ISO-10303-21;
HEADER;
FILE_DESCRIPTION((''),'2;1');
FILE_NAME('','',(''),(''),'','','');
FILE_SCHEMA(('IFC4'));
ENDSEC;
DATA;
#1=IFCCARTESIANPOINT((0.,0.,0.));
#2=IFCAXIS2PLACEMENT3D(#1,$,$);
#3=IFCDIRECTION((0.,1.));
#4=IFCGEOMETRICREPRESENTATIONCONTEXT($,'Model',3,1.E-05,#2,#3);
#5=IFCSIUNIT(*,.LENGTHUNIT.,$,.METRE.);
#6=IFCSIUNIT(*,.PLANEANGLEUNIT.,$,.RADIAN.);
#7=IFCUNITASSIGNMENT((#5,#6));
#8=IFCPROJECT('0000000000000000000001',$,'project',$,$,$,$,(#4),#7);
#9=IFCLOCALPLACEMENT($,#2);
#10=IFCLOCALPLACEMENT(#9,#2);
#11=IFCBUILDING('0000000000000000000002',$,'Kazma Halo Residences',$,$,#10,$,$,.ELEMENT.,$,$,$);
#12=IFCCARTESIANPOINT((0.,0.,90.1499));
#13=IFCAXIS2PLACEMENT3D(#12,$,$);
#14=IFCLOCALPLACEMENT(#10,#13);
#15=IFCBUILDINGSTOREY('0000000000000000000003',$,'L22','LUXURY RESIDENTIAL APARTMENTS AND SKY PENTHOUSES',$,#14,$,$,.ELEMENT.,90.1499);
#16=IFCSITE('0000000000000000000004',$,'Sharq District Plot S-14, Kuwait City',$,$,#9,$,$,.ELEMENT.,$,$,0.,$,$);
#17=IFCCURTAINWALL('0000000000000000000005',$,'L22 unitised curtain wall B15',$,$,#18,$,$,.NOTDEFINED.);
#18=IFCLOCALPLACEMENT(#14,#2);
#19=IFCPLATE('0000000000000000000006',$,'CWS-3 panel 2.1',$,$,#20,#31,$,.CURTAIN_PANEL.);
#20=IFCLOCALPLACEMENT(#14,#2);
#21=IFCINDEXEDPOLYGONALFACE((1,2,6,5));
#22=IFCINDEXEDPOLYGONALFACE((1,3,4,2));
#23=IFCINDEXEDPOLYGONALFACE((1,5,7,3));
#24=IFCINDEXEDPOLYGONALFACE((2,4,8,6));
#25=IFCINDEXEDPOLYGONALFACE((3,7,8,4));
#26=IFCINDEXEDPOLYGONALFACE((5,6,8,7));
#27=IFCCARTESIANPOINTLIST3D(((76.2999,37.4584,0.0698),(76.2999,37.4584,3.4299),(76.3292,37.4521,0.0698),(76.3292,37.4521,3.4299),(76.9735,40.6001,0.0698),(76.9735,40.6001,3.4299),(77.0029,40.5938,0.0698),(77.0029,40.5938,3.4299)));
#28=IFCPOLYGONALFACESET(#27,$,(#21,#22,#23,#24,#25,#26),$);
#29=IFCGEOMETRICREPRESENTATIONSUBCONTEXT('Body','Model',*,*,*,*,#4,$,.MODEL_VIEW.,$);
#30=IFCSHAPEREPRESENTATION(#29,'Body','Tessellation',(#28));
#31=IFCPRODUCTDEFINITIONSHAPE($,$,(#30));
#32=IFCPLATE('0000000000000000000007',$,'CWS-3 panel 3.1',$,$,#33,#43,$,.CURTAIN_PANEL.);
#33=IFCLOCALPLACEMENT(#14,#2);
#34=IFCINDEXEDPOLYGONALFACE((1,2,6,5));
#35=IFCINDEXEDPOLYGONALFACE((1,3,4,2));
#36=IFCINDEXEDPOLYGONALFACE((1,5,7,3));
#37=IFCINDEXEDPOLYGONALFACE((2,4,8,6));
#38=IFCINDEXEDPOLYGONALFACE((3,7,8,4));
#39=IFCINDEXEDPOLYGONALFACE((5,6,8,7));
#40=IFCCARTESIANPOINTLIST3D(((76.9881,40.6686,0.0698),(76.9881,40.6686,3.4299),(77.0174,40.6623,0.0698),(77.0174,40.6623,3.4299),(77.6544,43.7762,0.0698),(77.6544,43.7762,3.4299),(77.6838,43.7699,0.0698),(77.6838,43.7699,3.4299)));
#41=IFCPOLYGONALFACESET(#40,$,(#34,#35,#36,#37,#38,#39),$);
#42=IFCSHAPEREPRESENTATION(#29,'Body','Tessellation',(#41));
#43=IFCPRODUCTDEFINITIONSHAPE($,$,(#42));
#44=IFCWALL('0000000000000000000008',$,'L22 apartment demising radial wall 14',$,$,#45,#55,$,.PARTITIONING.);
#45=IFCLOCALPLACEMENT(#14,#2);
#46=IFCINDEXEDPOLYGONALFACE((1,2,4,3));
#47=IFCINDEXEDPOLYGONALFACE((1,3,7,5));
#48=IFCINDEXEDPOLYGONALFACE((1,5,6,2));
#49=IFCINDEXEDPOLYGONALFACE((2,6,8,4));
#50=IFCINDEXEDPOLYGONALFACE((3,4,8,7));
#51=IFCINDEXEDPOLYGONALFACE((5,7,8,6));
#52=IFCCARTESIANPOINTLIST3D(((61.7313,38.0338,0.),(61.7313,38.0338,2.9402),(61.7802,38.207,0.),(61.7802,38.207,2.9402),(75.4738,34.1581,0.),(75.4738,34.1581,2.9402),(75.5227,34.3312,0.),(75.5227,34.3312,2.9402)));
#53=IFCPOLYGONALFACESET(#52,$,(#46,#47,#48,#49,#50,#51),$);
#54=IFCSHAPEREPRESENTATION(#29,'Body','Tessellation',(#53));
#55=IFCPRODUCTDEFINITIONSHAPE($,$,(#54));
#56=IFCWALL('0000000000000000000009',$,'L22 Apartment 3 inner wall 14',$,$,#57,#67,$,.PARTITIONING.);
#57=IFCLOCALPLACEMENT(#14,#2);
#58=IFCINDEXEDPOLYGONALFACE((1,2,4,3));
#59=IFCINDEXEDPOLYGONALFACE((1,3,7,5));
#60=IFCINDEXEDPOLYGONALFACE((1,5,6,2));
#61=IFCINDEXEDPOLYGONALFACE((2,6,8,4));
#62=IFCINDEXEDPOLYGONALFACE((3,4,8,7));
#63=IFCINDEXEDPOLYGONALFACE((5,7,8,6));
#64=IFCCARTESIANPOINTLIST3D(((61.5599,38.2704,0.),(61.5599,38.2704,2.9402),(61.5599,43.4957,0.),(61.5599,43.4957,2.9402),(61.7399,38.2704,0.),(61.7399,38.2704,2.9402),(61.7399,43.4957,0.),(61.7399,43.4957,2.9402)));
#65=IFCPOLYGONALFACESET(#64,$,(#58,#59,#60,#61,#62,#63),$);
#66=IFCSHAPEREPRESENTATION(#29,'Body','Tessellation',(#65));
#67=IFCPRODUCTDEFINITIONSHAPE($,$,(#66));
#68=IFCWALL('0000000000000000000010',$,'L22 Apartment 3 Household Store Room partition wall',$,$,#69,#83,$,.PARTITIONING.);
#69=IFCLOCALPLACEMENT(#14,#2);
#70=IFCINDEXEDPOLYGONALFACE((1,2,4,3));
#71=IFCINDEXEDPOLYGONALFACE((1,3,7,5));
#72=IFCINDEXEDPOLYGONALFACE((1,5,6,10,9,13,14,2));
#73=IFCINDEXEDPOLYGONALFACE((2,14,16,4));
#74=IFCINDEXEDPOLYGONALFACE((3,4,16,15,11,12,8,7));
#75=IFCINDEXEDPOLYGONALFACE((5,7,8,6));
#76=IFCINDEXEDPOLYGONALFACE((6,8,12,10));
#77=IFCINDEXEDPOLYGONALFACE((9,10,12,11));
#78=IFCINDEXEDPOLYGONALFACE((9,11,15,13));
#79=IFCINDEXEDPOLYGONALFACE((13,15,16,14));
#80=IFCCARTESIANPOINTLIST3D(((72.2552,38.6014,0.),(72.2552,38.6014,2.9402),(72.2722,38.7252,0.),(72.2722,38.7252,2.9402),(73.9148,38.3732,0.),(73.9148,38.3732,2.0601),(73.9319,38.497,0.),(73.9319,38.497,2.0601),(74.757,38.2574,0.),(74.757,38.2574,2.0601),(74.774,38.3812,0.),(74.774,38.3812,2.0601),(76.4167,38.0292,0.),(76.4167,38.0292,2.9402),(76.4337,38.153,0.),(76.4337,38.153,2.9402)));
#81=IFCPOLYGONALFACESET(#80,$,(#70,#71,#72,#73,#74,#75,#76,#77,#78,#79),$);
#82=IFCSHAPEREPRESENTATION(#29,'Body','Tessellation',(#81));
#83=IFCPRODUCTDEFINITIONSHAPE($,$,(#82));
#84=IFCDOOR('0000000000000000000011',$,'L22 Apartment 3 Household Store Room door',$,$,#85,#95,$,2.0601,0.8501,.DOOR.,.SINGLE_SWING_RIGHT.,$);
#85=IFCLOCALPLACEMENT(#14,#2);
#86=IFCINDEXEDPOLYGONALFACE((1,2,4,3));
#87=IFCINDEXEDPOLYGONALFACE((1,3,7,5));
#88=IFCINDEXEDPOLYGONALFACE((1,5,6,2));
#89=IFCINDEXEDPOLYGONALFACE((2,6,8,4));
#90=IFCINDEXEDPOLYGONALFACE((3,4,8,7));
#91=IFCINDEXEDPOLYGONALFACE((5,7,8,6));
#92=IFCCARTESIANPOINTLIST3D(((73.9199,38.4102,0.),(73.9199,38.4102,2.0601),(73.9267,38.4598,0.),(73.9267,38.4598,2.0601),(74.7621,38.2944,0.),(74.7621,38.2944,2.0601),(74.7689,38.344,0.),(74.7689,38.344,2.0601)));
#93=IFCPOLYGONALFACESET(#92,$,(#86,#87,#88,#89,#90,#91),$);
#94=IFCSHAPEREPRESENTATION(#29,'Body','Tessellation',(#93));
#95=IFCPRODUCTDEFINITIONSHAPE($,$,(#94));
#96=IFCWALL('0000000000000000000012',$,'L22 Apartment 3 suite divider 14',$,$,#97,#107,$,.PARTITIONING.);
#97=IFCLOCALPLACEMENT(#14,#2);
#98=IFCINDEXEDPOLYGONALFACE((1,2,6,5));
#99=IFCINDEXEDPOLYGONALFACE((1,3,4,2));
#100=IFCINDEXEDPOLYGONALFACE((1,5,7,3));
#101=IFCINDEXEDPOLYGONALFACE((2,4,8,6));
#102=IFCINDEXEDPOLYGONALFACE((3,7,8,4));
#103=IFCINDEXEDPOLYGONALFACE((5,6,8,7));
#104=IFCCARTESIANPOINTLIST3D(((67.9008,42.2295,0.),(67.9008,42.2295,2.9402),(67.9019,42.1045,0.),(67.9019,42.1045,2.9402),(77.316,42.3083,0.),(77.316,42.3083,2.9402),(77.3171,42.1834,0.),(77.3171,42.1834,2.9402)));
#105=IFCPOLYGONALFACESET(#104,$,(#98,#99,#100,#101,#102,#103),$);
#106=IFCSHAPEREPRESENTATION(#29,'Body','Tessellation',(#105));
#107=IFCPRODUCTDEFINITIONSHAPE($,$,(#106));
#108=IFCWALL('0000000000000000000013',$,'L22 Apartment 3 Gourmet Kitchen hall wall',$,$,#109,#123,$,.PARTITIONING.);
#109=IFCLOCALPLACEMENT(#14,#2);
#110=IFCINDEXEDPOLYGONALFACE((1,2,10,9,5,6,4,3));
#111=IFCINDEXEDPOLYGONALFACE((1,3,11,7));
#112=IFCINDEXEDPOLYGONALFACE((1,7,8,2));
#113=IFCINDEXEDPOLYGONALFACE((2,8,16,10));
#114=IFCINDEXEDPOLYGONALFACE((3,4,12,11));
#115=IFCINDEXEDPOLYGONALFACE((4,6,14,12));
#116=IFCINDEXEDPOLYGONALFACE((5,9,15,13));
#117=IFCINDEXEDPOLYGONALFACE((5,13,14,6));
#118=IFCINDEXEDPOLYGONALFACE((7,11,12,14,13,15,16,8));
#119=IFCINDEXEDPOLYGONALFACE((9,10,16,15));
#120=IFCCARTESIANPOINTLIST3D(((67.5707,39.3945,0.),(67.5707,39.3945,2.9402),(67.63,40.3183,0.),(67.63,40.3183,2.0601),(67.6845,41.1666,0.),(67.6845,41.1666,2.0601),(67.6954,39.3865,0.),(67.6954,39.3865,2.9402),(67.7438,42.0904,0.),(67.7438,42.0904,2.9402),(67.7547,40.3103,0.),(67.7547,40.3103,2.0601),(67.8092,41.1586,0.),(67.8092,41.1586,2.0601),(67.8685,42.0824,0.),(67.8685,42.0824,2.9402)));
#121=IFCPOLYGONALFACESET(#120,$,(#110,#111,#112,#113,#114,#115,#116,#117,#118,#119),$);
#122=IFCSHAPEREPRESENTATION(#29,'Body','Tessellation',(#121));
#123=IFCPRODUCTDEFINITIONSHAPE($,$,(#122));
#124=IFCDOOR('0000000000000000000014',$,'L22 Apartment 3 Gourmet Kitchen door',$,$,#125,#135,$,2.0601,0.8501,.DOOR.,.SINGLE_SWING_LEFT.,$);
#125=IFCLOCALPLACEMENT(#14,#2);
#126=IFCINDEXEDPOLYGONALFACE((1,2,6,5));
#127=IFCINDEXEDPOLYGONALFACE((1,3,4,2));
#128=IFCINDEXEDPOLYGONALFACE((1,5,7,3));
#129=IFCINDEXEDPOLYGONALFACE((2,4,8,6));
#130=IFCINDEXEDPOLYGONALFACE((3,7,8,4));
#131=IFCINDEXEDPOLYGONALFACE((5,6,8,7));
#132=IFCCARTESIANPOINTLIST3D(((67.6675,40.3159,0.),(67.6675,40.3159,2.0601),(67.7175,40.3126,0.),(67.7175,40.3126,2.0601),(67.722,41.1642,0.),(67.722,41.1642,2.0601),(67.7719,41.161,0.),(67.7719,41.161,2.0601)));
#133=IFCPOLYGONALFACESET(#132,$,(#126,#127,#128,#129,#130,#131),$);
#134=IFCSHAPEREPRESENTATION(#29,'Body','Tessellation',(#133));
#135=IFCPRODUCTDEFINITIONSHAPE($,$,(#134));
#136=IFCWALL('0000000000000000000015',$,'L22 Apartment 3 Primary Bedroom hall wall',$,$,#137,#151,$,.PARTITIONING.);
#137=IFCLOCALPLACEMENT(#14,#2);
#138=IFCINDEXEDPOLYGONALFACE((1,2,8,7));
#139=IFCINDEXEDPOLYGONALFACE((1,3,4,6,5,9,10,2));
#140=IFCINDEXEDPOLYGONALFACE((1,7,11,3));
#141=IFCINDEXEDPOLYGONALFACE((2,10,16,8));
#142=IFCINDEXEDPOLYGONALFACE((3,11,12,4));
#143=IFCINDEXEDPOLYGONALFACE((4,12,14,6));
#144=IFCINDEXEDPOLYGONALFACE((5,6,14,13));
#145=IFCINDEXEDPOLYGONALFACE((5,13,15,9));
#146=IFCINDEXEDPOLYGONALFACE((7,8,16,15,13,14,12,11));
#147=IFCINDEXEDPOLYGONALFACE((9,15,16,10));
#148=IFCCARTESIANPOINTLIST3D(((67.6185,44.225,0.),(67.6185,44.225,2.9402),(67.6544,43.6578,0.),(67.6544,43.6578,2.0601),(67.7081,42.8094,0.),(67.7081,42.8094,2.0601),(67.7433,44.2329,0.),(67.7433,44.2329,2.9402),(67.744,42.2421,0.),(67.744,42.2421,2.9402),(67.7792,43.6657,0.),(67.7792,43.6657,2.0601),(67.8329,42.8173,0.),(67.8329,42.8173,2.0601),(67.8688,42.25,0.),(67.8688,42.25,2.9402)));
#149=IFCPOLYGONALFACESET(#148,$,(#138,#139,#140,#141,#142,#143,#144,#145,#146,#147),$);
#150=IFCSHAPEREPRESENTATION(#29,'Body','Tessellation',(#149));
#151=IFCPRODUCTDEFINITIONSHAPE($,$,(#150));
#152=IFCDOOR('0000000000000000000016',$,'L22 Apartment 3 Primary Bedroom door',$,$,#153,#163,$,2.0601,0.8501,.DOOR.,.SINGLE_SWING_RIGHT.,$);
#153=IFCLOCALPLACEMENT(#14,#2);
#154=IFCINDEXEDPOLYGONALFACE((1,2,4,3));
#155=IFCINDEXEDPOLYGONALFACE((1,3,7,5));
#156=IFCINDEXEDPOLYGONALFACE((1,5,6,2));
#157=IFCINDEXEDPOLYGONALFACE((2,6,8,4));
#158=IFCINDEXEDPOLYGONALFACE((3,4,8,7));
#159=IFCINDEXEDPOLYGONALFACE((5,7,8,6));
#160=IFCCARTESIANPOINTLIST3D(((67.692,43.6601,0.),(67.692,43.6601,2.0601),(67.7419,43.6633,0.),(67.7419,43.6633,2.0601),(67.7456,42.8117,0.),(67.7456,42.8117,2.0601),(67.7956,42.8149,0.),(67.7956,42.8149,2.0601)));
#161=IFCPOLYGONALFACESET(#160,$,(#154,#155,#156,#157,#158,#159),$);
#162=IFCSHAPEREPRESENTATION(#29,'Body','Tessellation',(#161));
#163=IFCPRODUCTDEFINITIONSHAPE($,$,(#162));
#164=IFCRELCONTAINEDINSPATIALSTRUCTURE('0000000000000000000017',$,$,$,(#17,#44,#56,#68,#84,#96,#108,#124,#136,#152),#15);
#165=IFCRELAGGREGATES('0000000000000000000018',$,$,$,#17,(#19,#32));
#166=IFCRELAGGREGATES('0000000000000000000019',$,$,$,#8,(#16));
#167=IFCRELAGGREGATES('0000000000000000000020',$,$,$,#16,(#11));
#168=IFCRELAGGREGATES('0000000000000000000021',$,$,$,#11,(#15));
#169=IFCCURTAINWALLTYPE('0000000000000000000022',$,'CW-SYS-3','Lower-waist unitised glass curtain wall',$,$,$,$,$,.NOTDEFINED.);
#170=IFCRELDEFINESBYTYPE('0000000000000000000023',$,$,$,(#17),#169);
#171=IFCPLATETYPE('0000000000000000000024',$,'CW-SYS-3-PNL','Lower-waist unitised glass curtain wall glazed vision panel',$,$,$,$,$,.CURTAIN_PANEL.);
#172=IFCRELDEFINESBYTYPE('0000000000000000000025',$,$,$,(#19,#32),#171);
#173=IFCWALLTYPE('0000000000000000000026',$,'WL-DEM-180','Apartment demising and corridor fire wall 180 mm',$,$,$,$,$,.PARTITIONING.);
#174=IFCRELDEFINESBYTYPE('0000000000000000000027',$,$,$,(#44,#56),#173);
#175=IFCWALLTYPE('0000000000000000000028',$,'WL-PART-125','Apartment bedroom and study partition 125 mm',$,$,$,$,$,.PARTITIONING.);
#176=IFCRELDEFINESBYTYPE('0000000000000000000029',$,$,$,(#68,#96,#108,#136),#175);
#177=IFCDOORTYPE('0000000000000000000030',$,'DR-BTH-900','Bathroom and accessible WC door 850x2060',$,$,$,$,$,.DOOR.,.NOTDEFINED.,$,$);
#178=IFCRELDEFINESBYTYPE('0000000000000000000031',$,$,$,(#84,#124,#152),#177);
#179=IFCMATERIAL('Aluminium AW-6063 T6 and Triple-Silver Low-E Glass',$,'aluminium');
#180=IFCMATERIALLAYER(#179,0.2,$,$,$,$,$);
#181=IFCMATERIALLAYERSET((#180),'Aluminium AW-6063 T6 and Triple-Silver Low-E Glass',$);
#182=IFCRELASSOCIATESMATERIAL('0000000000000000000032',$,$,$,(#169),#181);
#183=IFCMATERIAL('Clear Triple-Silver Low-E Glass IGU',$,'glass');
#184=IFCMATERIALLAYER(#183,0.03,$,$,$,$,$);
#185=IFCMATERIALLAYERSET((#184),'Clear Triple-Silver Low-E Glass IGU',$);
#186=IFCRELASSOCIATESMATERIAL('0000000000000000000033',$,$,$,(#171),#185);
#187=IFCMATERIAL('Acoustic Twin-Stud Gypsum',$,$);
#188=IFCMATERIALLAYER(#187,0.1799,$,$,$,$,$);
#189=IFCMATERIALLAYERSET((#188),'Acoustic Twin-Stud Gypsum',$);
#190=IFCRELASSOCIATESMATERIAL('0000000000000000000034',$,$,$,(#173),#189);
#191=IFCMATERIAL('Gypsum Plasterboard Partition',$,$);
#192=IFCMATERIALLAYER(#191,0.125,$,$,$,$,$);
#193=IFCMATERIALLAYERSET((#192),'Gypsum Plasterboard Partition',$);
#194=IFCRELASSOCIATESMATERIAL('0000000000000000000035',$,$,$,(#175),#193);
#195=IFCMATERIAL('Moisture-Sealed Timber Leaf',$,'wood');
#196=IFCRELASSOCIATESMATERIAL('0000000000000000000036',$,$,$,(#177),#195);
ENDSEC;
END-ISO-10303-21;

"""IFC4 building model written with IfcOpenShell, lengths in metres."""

from ifc_helpers import new_model, si_unit, direction, frame, frame_2d, origin, origin_2d, place, context, subcontext, project, spatial, rectangle, extrude, material, layer, layer_set, type_object, element, fill, aggregate, save


model = new_model("IFC4")

# Units and contexts
model_context = context("Model", 3, precision=1e-05, world=origin(), true_north=direction((0.0, 1.0)))
body_context = subcontext(model_context, "Body", "Model", "MODEL_VIEW")
ifc_project = project(units=[si_unit("LENGTHUNIT", "METRE"), si_unit("PLANEANGLEUNIT", "RADIAN")], contexts=[model_context])

# Site, building, storey
site_placement = place(None, origin())
site = spatial("IfcSite", under=ifc_project, at=site_placement, Name="Sharq District Plot S-14, Kuwait City", CompositionType="ELEMENT", RefElevation=0.0)
building_placement = place(site_placement, origin())
building = spatial("IfcBuilding", under=site, at=building_placement, Name="Kazma Halo Residences", CompositionType="ELEMENT")
storey_placement = place(building_placement, frame((0.0, 0.0, 90.1499)))
storey = spatial("IfcBuildingStorey", under=building, at=storey_placement, Name="L22", Description="LUXURY RESIDENTIAL APARTMENTS AND SKY PENTHOUSES", CompositionType="ELEMENT", Elevation=90.1499)

# Curtain wall, plates
ifc_material_1 = material(Name="Aluminium AW-6063 T6 and Triple-Silver Low-E Glass", Category="aluminium")
ifc_layer_1 = layer(ifc_material_1, 0.2)
ifc_layer_set_1 = layer_set([ifc_layer_1], Name="Aluminium AW-6063 T6 and Triple-Silver Low-E Glass")
curtain_wall_type = type_object("IfcCurtainWallType", Name="CW-SYS-3", Description="Lower-waist unitised glass curtain wall", PredefinedType="NOTDEFINED", material=ifc_layer_set_1)
curtain_wall_placement = place(storey_placement, origin())
curtain_wall = element("IfcCurtainWall", 1, at=curtain_wall_placement, inside=storey, type_object=curtain_wall_type, Name="L22 unitised curtain wall B15", PredefinedType="NOTDEFINED")
ifc_material_2 = material(Name="Clear Triple-Silver Low-E Glass IGU", Category="glass")
ifc_layer_2 = layer(ifc_material_2, 0.03)
ifc_layer_set_2 = layer_set([ifc_layer_2], Name="Clear Triple-Silver Low-E Glass IGU")
plate_type = type_object("IfcPlateType", Name="CW-SYS-3-PNL", Description="Lower-waist unitised glass curtain wall glazed vision panel", PredefinedType="CURTAIN_PANEL", material=ifc_layer_set_2)
plate_1_placement = place(storey_placement, frame((76.6514, 39.0261, 0.0698), z_axis=(0.0, 0.0, 1.0), x_axis=(0.209661, 0.977774, 0.0)))
plate_1 = element("IfcPlate", 2, at=plate_1_placement, type_object=plate_type, Name="CWS-3 panel 2.1", PredefinedType="CURTAIN_PANEL", context=body_context, shape_type="SweptSolid", body=[
    extrude(rectangle(XDim=3.2131, YDim=0.03, at=origin_2d()), origin(), (0.0, 0.0, 1.0), 3.3601),
])
plate_2_placement = place(storey_placement, frame((77.3359, 42.2192, 0.0698), z_axis=(0.0, 0.0, 1.0), x_axis=(0.209661, 0.977774, 0.0)))
plate_2 = element("IfcPlate", 3, at=plate_2_placement, type_object=plate_type, Name="CWS-3 panel 3.1", PredefinedType="CURTAIN_PANEL", context=body_context, shape_type="SweptSolid", body=[
    extrude(rectangle(XDim=3.1782, YDim=0.03, at=origin_2d()), origin(), (0.0, 0.0, 1.0), 3.3601),
])
aggregate(curtain_wall, [plate_1, plate_2])

# Walls
ifc_material_3 = material(Name="Acoustic Twin-Stud Gypsum")
ifc_layer_3 = layer(ifc_material_3, 0.1799)
ifc_layer_set_3 = layer_set([ifc_layer_3], Name="Acoustic Twin-Stud Gypsum")
wall_type_1 = type_object("IfcWallType", Name="WL-DEM-180", Description="Apartment demising and corridor fire wall 180 mm", PredefinedType="PARTITIONING", material=ifc_layer_set_3)
wall_1_placement = place(storey_placement, frame((61.7559, 38.1204, 0.0), z_axis=(0.0, 0.0, 1.0), x_axis=(0.962456, -0.271438, 0.0)))
element("IfcWall", 4, at=wall_1_placement, inside=storey, type_object=wall_type_1, Name="L22 apartment demising radial wall 14", PredefinedType="PARTITIONING", context=body_context, shape_type="SweptSolid", body=[
    extrude(rectangle(XDim=14.2786, YDim=0.1799, at=frame_2d((7.1392, 0.0))), origin(), (0.0, 0.0, 1.0), 2.9402),
])
wall_2_placement = place(storey_placement, frame((61.6499, 38.2703, 0.0), z_axis=(0.0, 0.0, 1.0), x_axis=(0.0, 1.0, 0.0)))
element("IfcWall", 5, at=wall_2_placement, inside=storey, type_object=wall_type_1, Name="L22 Apartment 3 inner wall 14", PredefinedType="PARTITIONING", context=body_context, shape_type="SweptSolid", body=[
    extrude(rectangle(XDim=5.2253, YDim=0.1799, at=frame_2d((2.6128, 0.0))), origin(), (0.0, 0.0, 1.0), 2.9402),
])

# Wall, opening, door
ifc_material_4 = material(Name="Gypsum Plasterboard Partition")
ifc_layer_4 = layer(ifc_material_4, 0.125)
ifc_layer_set_4 = layer_set([ifc_layer_4], Name="Gypsum Plasterboard Partition")
wall_type_2 = type_object("IfcWallType", Name="WL-PART-125", Description="Apartment bedroom and study partition 125 mm", PredefinedType="PARTITIONING", material=ifc_layer_set_4)
wall_3_placement = place(storey_placement, frame((72.2637, 38.6633, 0.0), z_axis=(0.0, 0.0, 1.0), x_axis=(0.990677, -0.136228, 0.0)))
wall_3 = element("IfcWall", 6, at=wall_3_placement, inside=storey, type_object=wall_type_2, Name="L22 Apartment 3 Household Store Room partition wall", PredefinedType="PARTITIONING", context=body_context, shape_type="SweptSolid", body=[
    extrude(rectangle(XDim=4.2007, YDim=0.125, at=frame_2d((2.1003, 0.0))), origin(), (0.0, 0.0, 1.0), 2.9402),
])
opening_1_placement = place(wall_3_placement, frame((1.6753, 0.0, 0.0)))
opening_1 = element("IfcOpeningElement", 7, at=opening_1_placement, cuts=wall_3, PredefinedType="OPENING", context=body_context, shape_type="SweptSolid", body=[
    extrude(rectangle(XDim=0.8501, YDim=2.0601, at=frame_2d((0.425, 1.03))), frame((0.0, 0.0725, 0.0), z_axis=(0.0, -1.0, 0.0), x_axis=(1.0, 0.0, 0.0)), (0.0, 0.0, 1.0), 0.145),
])
ifc_material_5 = material(Name="Moisture-Sealed Timber Leaf", Category="wood")
door_type = type_object("IfcDoorType", Name="DR-BTH-900", Description="Bathroom and accessible WC door 850x2060", OperationType="NOTDEFINED", PredefinedType="DOOR", material=ifc_material_5)
door_1_placement = place(opening_1_placement, origin())
door_1 = element("IfcDoor", 8, at=door_1_placement, inside=storey, type_object=door_type, Name="L22 Apartment 3 Household Store Room door", OperationType="SINGLE_SWING_RIGHT", OverallHeight=2.0601, OverallWidth=0.8501, PredefinedType="DOOR", context=body_context, shape_type="SweptSolid", body=[
    extrude(rectangle(XDim=0.8501, YDim=2.0601, at=frame_2d((0.425, 1.03))), frame((0.0, 0.0249, 0.0), z_axis=(0.0, -1.0, 0.0), x_axis=(1.0, 0.0, 0.0)), (0.0, 0.0, 1.0), 0.05),
])
fill(opening_1, door_1)

# Wall
wall_4_placement = place(storey_placement, frame((67.9014, 42.167, 0.0), z_axis=(0.0, 0.0, 1.0), x_axis=(0.999965, 0.008375, 0.0)))
element("IfcWall", 9, at=wall_4_placement, inside=storey, type_object=wall_type_2, Name="L22 Apartment 3 suite divider 14", PredefinedType="PARTITIONING", context=body_context, shape_type="SweptSolid", body=[
    extrude(rectangle(XDim=9.4155, YDim=0.125, at=frame_2d((4.7078, 0.0))), origin(), (0.0, 0.0, 1.0), 2.9402),
])

# Walls, openings, doors
wall_5_placement = place(storey_placement, frame((67.6331, 39.3906, 0.0), z_axis=(0.0, 0.0, 1.0), x_axis=(0.064077, 0.997945, 0.0)))
wall_5 = element("IfcWall", 10, at=wall_5_placement, inside=storey, type_object=wall_type_2, Name="L22 Apartment 3 Gourmet Kitchen hall wall", PredefinedType="PARTITIONING", context=body_context, shape_type="SweptSolid", body=[
    extrude(rectangle(XDim=2.7014, YDim=0.125, at=frame_2d((1.3506, 0.0))), origin(), (0.0, 0.0, 1.0), 2.9402),
])
opening_2_placement = place(wall_5_placement, frame((0.9255, 0.0, 0.0)))
opening_2 = element("IfcOpeningElement", 11, at=opening_2_placement, cuts=wall_5, PredefinedType="OPENING", context=body_context, shape_type="SweptSolid", body=[
    extrude(rectangle(XDim=0.8501, YDim=2.0601, at=frame_2d((0.425, 1.03))), frame((0.0, 0.0725, 0.0), z_axis=(0.0, -1.0, 0.0), x_axis=(1.0, 0.0, 0.0)), (0.0, 0.0, 1.0), 0.145),
])
door_2_placement = place(opening_2_placement, origin())
door_2 = element("IfcDoor", 12, at=door_2_placement, inside=storey, type_object=door_type, Name="L22 Apartment 3 Gourmet Kitchen door", OperationType="SINGLE_SWING_LEFT", OverallHeight=2.0601, OverallWidth=0.8501, PredefinedType="DOOR", context=body_context, shape_type="SweptSolid", body=[
    extrude(rectangle(XDim=0.8501, YDim=2.0601, at=frame_2d((0.425, 1.03))), frame((0.0, 0.0249, 0.0), z_axis=(0.0, -1.0, 0.0), x_axis=(1.0, 0.0, 0.0)), (0.0, 0.0, 1.0), 0.05),
])
fill(opening_2, door_2)
wall_6_placement = place(storey_placement, frame((67.8064, 42.2461, 0.0), z_axis=(0.0, 0.0, 1.0), x_axis=(-0.063159, 0.998004, 0.0)))
wall_6 = element("IfcWall", 13, at=wall_6_placement, inside=storey, type_object=wall_type_2, Name="L22 Apartment 3 Primary Bedroom hall wall", PredefinedType="PARTITIONING", context=body_context, shape_type="SweptSolid", body=[
    extrude(rectangle(XDim=1.9868, YDim=0.125, at=frame_2d((0.9934, 0.0))), origin(), (0.0, 0.0, 1.0), 2.9402),
])
opening_3_placement = place(wall_6_placement, frame((0.5684, 0.0, 0.0)))
opening_3 = element("IfcOpeningElement", 14, at=opening_3_placement, cuts=wall_6, PredefinedType="OPENING", context=body_context, shape_type="SweptSolid", body=[
    extrude(rectangle(XDim=0.8501, YDim=2.0601, at=frame_2d((0.425, 1.03))), frame((0.0, 0.0725, 0.0), z_axis=(0.0, -1.0, 0.0), x_axis=(1.0, 0.0, 0.0)), (0.0, 0.0, 1.0), 0.145),
])
door_3_placement = place(opening_3_placement, origin())
door_3 = element("IfcDoor", 15, at=door_3_placement, inside=storey, type_object=door_type, Name="L22 Apartment 3 Primary Bedroom door", OperationType="SINGLE_SWING_RIGHT", OverallHeight=2.0601, OverallWidth=0.8501, PredefinedType="DOOR", context=body_context, shape_type="SweptSolid", body=[
    extrude(rectangle(XDim=0.8501, YDim=2.0601, at=frame_2d((0.425, 1.03))), frame((0.0, 0.0249, 0.0), z_axis=(0.0, -1.0, 0.0), x_axis=(1.0, 0.0, 0.0)), (0.0, 0.0, 1.0), 0.05),
])
fill(opening_3, door_3)

save(model, "model.ifc")
